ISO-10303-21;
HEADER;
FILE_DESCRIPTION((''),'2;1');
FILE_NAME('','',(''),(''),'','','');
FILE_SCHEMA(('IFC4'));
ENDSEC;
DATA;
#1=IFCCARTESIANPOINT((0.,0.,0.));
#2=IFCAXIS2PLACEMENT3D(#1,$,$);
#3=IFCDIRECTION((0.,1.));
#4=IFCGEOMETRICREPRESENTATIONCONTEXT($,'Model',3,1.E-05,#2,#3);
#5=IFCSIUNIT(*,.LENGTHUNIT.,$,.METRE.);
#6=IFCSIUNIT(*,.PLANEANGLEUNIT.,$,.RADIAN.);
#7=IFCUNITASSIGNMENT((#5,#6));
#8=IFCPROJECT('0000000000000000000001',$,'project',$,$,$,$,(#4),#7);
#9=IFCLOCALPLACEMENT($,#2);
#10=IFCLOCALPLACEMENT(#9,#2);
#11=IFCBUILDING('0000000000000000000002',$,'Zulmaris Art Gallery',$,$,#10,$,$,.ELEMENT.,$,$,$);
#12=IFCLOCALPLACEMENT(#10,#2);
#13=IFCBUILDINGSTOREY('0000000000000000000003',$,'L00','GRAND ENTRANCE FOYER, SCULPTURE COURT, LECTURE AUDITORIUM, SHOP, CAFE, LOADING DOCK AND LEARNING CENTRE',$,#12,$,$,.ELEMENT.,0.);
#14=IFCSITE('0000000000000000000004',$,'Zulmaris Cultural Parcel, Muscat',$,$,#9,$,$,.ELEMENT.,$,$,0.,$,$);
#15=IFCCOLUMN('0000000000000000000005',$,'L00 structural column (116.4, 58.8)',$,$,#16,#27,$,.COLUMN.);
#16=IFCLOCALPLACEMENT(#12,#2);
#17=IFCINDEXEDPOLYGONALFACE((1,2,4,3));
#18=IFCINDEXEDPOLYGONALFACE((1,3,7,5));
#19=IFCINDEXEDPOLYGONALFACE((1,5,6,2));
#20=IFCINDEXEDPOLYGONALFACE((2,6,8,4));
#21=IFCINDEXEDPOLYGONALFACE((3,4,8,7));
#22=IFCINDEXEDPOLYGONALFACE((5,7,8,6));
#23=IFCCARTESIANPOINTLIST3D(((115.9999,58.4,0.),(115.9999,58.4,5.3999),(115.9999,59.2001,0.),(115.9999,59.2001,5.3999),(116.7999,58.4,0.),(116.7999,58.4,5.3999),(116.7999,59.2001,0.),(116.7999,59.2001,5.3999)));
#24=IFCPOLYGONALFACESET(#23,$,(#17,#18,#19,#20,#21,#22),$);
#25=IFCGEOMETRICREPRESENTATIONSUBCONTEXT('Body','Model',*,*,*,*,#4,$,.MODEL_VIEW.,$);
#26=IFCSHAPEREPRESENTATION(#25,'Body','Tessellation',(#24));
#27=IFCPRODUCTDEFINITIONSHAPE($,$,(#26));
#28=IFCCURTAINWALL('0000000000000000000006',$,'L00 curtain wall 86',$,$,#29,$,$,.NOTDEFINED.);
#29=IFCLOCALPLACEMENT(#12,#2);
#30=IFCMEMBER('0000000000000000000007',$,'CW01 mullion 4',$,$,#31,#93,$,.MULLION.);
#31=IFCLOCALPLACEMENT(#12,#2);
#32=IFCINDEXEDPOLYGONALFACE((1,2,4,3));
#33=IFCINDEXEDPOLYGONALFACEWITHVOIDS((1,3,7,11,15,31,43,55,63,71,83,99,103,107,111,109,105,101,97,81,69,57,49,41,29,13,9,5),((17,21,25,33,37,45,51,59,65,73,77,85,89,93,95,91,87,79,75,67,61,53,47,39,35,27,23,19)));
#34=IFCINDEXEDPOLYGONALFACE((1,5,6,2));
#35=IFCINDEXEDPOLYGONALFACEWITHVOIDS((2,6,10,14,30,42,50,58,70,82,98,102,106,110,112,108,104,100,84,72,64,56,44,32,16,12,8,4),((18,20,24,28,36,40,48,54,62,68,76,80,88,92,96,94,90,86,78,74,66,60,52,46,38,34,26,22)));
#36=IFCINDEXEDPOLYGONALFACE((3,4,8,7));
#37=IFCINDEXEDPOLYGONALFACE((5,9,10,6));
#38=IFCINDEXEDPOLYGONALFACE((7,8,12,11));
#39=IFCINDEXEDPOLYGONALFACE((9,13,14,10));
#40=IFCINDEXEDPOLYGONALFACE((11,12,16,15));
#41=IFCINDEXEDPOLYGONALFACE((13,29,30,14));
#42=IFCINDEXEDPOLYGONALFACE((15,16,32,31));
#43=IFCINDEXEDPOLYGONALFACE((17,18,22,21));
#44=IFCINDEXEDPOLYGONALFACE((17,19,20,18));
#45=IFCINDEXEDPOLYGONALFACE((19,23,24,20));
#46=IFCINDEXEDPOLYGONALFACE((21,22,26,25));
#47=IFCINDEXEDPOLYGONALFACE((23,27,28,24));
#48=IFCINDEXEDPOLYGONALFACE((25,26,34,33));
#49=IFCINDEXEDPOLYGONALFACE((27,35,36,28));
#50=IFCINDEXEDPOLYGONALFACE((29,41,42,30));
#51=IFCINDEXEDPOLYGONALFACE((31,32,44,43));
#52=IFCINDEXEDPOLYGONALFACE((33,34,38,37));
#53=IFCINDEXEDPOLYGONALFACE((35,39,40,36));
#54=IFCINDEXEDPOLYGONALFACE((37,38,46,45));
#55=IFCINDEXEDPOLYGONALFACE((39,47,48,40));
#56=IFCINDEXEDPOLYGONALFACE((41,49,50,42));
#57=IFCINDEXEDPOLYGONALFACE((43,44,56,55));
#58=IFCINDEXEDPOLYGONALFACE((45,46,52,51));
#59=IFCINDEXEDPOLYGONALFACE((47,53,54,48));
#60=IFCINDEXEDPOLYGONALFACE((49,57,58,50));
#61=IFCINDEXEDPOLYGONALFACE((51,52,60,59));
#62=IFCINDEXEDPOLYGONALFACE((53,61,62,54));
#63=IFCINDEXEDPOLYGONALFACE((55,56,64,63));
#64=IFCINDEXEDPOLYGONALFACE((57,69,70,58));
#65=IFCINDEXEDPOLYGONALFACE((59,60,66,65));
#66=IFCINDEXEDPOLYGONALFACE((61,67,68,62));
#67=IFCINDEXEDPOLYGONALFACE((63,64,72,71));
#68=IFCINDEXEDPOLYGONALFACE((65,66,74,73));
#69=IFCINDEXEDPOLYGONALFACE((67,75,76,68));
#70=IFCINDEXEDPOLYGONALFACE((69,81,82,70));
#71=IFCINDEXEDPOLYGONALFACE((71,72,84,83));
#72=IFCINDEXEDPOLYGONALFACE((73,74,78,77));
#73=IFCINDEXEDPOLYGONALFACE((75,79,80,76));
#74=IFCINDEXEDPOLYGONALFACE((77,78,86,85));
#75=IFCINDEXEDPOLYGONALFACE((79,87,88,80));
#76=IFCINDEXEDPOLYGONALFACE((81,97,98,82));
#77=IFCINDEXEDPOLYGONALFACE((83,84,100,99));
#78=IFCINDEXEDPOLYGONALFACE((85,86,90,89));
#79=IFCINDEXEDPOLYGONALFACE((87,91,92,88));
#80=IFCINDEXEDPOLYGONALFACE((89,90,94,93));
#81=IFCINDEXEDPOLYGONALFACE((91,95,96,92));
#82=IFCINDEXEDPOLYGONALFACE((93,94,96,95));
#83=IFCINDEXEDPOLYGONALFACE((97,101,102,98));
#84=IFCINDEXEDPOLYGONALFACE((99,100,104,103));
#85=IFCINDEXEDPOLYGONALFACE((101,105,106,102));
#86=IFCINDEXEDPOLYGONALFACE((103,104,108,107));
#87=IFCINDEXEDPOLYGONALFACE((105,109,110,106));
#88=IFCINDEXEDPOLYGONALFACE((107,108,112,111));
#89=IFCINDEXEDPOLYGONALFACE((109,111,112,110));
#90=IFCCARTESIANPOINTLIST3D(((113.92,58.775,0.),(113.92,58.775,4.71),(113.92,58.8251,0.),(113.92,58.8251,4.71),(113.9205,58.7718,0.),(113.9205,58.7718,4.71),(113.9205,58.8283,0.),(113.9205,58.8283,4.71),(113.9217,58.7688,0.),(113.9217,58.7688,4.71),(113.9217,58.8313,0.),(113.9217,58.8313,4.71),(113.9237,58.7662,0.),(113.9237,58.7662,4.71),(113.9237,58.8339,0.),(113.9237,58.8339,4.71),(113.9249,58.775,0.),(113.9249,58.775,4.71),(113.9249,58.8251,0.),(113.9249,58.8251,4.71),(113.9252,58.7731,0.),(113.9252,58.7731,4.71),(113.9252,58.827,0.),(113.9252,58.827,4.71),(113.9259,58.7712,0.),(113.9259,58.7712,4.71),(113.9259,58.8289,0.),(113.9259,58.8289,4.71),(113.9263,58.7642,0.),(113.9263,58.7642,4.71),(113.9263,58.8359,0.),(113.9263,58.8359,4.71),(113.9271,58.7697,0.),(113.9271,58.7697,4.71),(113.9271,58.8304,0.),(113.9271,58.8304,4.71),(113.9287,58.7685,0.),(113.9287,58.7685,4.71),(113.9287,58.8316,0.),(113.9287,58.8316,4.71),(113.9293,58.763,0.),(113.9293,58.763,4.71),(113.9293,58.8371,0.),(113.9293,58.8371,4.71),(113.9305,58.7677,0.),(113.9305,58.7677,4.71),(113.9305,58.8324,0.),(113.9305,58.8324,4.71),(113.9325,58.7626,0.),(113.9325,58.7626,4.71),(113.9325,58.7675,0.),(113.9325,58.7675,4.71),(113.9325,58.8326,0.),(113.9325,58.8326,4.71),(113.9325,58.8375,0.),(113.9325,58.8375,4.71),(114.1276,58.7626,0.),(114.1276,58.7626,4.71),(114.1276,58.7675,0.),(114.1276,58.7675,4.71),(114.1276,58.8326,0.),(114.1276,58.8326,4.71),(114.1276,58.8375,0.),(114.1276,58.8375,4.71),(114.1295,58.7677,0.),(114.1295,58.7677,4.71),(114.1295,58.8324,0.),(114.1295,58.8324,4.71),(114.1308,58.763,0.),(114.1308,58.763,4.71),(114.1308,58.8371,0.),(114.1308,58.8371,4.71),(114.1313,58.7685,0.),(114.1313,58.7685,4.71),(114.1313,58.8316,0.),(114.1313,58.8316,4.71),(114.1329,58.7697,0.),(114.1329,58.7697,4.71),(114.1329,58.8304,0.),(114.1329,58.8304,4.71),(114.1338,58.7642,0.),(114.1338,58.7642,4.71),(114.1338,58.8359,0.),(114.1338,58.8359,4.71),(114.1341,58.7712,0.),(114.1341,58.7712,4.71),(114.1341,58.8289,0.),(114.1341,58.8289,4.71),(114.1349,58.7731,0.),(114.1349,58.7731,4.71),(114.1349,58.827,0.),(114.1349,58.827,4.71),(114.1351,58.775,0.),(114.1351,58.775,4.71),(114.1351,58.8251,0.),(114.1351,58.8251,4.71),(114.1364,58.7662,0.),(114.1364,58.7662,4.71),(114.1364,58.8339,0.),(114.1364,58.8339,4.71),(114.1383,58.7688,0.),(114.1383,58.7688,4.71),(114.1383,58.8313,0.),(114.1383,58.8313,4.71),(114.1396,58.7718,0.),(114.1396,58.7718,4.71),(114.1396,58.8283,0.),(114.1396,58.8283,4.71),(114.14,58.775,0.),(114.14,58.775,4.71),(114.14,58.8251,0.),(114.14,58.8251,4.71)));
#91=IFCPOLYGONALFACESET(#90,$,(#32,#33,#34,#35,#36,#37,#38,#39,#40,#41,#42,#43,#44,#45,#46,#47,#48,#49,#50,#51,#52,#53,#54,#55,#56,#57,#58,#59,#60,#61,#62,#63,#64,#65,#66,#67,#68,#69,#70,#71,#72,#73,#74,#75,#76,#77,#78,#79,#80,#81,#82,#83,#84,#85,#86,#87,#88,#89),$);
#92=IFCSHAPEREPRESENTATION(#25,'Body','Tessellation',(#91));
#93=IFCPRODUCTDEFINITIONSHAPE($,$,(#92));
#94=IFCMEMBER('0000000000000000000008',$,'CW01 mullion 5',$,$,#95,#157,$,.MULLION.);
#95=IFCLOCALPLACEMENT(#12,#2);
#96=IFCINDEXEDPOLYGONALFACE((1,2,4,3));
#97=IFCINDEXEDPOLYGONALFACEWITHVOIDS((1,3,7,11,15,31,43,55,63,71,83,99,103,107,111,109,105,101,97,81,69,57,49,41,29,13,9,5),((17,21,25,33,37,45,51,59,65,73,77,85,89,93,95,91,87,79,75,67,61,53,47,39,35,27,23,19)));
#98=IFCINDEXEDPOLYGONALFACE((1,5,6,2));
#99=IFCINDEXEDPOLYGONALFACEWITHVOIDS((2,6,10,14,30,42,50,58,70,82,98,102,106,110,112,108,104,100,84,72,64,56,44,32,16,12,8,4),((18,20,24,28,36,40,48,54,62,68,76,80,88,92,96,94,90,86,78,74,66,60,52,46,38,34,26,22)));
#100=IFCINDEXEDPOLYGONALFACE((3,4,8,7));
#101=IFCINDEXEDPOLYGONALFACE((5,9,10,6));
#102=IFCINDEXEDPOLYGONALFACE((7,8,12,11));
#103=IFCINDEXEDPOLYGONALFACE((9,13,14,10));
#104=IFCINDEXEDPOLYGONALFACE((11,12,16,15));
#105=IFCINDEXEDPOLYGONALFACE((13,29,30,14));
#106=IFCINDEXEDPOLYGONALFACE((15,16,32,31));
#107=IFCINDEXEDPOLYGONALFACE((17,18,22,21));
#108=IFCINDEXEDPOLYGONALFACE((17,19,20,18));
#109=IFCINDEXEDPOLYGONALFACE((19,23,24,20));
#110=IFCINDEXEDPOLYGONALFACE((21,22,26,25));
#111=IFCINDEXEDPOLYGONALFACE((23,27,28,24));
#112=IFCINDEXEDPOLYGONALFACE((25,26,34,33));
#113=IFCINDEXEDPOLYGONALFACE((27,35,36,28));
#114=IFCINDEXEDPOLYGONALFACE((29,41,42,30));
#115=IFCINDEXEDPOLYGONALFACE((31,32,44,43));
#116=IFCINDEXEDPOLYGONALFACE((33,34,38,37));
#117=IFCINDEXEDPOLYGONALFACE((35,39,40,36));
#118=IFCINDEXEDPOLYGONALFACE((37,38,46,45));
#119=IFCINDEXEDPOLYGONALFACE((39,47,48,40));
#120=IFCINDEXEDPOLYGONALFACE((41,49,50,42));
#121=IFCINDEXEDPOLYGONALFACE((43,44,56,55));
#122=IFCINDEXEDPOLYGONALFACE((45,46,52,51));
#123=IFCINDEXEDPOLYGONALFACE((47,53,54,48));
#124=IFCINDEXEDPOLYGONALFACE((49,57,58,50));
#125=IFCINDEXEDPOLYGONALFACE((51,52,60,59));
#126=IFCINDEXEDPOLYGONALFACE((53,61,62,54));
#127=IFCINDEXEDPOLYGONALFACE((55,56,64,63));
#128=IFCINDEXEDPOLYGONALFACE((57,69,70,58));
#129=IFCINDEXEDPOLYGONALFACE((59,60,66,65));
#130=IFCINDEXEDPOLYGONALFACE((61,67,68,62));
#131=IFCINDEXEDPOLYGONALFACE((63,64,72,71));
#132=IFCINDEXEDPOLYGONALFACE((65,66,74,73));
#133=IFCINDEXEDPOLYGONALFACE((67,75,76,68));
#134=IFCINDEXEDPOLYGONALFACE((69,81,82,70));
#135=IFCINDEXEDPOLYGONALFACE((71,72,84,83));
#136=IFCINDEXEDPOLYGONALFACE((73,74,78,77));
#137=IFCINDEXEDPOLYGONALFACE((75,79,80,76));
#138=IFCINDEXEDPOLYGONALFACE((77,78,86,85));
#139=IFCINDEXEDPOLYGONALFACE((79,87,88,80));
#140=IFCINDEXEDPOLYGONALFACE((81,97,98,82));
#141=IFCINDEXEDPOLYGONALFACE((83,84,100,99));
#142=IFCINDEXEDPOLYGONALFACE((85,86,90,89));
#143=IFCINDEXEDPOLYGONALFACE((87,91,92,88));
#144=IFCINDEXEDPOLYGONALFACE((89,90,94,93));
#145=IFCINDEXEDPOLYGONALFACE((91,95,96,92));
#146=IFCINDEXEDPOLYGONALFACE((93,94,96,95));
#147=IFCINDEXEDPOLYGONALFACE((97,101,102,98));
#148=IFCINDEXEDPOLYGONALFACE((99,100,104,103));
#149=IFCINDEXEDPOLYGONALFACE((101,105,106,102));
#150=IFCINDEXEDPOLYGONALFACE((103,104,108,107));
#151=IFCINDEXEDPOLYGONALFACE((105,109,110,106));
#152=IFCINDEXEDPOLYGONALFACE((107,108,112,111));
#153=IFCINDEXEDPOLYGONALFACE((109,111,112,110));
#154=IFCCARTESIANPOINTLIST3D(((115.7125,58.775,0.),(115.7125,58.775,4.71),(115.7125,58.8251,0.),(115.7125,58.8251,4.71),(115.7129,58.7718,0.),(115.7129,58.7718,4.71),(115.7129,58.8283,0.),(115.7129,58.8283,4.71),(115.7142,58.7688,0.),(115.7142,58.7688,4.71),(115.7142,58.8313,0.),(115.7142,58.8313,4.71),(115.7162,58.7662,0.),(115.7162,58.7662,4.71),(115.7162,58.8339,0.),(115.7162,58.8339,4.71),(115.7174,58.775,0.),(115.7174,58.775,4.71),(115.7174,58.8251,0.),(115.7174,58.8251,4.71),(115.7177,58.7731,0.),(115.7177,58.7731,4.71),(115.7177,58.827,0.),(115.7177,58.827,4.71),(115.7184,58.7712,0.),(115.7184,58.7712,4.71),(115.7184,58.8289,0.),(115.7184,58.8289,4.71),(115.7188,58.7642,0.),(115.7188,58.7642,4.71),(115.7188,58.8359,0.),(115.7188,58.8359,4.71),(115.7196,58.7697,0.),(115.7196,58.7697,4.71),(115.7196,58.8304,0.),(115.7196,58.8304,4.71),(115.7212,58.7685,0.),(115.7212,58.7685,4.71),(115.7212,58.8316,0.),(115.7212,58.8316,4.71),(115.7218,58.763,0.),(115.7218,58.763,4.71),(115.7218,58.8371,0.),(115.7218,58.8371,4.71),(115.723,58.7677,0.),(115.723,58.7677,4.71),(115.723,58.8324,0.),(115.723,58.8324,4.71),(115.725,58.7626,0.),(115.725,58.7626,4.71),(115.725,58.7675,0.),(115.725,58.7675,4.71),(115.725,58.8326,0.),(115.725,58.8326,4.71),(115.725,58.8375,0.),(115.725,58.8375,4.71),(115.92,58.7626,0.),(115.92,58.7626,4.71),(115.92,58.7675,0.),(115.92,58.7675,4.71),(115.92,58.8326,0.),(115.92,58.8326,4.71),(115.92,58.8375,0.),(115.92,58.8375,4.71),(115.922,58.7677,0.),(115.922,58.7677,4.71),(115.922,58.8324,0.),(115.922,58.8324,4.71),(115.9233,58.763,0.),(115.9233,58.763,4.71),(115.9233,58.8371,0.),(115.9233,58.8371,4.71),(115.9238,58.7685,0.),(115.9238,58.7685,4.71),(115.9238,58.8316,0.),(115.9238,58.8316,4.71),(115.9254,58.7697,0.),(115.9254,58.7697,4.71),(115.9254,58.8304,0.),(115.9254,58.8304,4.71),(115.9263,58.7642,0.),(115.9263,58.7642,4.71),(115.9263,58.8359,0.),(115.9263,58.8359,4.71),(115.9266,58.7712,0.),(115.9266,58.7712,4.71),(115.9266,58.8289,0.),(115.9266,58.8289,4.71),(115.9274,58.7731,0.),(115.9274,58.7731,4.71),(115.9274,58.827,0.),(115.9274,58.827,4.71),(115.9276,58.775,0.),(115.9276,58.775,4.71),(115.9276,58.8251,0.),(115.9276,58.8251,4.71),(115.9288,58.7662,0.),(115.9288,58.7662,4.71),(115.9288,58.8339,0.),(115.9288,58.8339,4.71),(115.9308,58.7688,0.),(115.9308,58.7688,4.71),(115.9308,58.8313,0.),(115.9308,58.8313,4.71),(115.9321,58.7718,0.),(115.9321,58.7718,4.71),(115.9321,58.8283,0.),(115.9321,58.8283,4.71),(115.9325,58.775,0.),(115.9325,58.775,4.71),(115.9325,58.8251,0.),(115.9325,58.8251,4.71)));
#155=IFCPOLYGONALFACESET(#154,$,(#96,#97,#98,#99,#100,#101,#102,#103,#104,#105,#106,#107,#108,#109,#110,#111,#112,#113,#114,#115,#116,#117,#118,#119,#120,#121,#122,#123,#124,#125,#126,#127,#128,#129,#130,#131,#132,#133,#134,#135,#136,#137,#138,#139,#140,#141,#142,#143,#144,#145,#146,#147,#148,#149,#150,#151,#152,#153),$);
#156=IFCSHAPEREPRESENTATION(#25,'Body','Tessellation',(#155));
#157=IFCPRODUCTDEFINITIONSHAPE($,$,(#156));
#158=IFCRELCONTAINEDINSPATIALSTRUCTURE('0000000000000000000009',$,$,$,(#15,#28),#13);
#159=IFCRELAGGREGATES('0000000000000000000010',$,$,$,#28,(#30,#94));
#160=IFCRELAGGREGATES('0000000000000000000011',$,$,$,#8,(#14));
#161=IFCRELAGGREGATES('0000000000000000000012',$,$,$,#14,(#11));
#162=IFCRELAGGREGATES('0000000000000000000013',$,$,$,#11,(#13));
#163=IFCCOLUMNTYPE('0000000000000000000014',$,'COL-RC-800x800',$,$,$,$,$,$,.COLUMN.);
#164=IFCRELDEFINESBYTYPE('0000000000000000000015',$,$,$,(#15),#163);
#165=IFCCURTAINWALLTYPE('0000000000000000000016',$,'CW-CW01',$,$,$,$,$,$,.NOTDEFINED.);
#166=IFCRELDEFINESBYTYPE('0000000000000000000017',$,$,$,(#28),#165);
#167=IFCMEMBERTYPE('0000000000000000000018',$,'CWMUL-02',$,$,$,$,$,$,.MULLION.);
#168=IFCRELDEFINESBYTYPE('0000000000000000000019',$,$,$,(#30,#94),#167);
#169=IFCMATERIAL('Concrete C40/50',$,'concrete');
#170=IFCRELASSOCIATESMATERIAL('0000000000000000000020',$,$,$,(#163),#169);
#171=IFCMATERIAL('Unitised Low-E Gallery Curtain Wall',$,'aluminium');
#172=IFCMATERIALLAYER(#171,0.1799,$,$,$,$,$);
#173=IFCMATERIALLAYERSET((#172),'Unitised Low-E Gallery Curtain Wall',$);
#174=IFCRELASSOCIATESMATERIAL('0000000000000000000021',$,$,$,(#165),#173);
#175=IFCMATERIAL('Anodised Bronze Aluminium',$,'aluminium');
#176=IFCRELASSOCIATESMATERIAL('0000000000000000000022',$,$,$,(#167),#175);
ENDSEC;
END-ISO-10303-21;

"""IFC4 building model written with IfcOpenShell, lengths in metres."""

from ifc_helpers import new_model, si_unit, direction, frame, origin, origin_2d, place, context, subcontext, project, spatial, rectangle, hollow_rectangle, extrude, material, layer, layer_set, material_profile, profile_set, type_object, element, aggregate, save


model = new_model("IFC4")

# Units and contexts
model_context = context("Model", 3, precision=1e-05, world=origin(), true_north=direction((0.0, 1.0)))
body_context = subcontext(model_context, "Body", "Model", "MODEL_VIEW")
ifc_project = project(units=[si_unit("LENGTHUNIT", "METRE"), si_unit("PLANEANGLEUNIT", "RADIAN")], contexts=[model_context])

# Site, building, storey
site_placement = place(None, origin())
site = spatial("IfcSite", under=ifc_project, at=site_placement, Name="Zulmaris Cultural Parcel, Muscat", CompositionType="ELEMENT", RefElevation=0.0)
building_placement = place(site_placement, origin())
building = spatial("IfcBuilding", under=site, at=building_placement, Name="Zulmaris Art Gallery", CompositionType="ELEMENT")
storey_placement = place(building_placement, origin())
storey = spatial("IfcBuildingStorey", under=building, at=storey_placement, Name="L00", Description="GRAND ENTRANCE FOYER, SCULPTURE COURT, LECTURE AUDITORIUM, SHOP, CAFE, LOADING DOCK AND LEARNING CENTRE", CompositionType="ELEMENT", Elevation=0.0)

# Column
ifc_material_1 = material(Name="Concrete C40/50", Category="concrete")
ifc_material_profile_1 = material_profile(ifc_material_1, rectangle(XDim=0.8, YDim=0.8, at=origin_2d()), Name="RC 800x800")
ifc_profile_set_1 = profile_set([ifc_material_profile_1], Name="Concrete C40/50")
column_type = type_object("IfcColumnType", Name="COL-RC-800x800", PredefinedType="COLUMN", material=ifc_profile_set_1)
column_placement = place(storey_placement, frame((116.3999, 58.8, 0.0), z_axis=(0.0, 0.0, 1.0), x_axis=(1.0, 0.0, 0.0)))
element("IfcColumn", 1, at=column_placement, inside=storey, type_object=column_type, Name="L00 structural column (116.4, 58.8)", PredefinedType="COLUMN", context=body_context, shape_type="SweptSolid", body=[
    extrude(rectangle(XDim=0.8, YDim=0.8, at=origin_2d()), origin(), (0.0, 0.0, 1.0), 5.3999),
])

# Curtain wall, members
ifc_material_2 = material(Name="Unitised Low-E Gallery Curtain Wall", Category="aluminium")
ifc_layer_1 = layer(ifc_material_2, 0.1799)
ifc_layer_set_1 = layer_set([ifc_layer_1], Name="Unitised Low-E Gallery Curtain Wall")
curtain_wall_type = type_object("IfcCurtainWallType", Name="CW-CW01", PredefinedType="NOTDEFINED", material=ifc_layer_set_1)
curtain_wall_1_placement = place(storey_placement, origin())
curtain_wall_1 = element("IfcCurtainWall", 2, at=curtain_wall_1_placement, inside=storey, type_object=curtain_wall_type, Name="L00 curtain wall 86", PredefinedType="NOTDEFINED")
ifc_material_3 = material(Name="Anodised Bronze Aluminium", Category="aluminium")
ifc_material_profile_2 = material_profile(ifc_material_3, hollow_rectangle(XDim=0.075, YDim=0.22, WallThickness=0.0049, InnerFilletRadius=0.0076, OuterFilletRadius=0.0125, at=origin_2d()), Name="ALU 75x220x5")
ifc_profile_set_2 = profile_set([ifc_material_profile_2], Name="Anodised Bronze Aluminium")
member_type_1 = type_object("IfcMemberType", Name="CWMUL-02", PredefinedType="MULLION", material=ifc_profile_set_2)
member_1_placement = place(storey_placement, frame((114.03, 58.8, 0.0), z_axis=(0.0, 0.0, 1.0), x_axis=(0.0, 1.0, 0.0)))
member_1 = element("IfcMember", 3, at=member_1_placement, type_object=member_type_1, Name="CW01 mullion 4", PredefinedType="MULLION", context=body_context, shape_type="SweptSolid", body=[
    extrude(hollow_rectangle(XDim=0.075, YDim=0.22, WallThickness=0.0049, InnerFilletRadius=0.0076, OuterFilletRadius=0.0125, at=origin_2d()), origin(), (0.0, 0.0, 1.0), 4.71),
])
member_2_placement = place(storey_placement, frame((115.8225, 58.8, 0.0), z_axis=(0.0, 0.0, 1.0), x_axis=(0.0, 1.0, 0.0)))
member_2 = element("IfcMember", 4, at=member_2_placement, type_object=member_type_1, Name="CW01 mullion 5", PredefinedType="MULLION", context=body_context, shape_type="SweptSolid", body=[
    extrude(hollow_rectangle(XDim=0.075, YDim=0.22, WallThickness=0.0049, InnerFilletRadius=0.0076, OuterFilletRadius=0.0125, at=origin_2d()), origin(), (0.0, 0.0, 1.0), 4.71),
])

aggregate(curtain_wall_1, [member_1, member_2])

save(model, "model.ifc")
